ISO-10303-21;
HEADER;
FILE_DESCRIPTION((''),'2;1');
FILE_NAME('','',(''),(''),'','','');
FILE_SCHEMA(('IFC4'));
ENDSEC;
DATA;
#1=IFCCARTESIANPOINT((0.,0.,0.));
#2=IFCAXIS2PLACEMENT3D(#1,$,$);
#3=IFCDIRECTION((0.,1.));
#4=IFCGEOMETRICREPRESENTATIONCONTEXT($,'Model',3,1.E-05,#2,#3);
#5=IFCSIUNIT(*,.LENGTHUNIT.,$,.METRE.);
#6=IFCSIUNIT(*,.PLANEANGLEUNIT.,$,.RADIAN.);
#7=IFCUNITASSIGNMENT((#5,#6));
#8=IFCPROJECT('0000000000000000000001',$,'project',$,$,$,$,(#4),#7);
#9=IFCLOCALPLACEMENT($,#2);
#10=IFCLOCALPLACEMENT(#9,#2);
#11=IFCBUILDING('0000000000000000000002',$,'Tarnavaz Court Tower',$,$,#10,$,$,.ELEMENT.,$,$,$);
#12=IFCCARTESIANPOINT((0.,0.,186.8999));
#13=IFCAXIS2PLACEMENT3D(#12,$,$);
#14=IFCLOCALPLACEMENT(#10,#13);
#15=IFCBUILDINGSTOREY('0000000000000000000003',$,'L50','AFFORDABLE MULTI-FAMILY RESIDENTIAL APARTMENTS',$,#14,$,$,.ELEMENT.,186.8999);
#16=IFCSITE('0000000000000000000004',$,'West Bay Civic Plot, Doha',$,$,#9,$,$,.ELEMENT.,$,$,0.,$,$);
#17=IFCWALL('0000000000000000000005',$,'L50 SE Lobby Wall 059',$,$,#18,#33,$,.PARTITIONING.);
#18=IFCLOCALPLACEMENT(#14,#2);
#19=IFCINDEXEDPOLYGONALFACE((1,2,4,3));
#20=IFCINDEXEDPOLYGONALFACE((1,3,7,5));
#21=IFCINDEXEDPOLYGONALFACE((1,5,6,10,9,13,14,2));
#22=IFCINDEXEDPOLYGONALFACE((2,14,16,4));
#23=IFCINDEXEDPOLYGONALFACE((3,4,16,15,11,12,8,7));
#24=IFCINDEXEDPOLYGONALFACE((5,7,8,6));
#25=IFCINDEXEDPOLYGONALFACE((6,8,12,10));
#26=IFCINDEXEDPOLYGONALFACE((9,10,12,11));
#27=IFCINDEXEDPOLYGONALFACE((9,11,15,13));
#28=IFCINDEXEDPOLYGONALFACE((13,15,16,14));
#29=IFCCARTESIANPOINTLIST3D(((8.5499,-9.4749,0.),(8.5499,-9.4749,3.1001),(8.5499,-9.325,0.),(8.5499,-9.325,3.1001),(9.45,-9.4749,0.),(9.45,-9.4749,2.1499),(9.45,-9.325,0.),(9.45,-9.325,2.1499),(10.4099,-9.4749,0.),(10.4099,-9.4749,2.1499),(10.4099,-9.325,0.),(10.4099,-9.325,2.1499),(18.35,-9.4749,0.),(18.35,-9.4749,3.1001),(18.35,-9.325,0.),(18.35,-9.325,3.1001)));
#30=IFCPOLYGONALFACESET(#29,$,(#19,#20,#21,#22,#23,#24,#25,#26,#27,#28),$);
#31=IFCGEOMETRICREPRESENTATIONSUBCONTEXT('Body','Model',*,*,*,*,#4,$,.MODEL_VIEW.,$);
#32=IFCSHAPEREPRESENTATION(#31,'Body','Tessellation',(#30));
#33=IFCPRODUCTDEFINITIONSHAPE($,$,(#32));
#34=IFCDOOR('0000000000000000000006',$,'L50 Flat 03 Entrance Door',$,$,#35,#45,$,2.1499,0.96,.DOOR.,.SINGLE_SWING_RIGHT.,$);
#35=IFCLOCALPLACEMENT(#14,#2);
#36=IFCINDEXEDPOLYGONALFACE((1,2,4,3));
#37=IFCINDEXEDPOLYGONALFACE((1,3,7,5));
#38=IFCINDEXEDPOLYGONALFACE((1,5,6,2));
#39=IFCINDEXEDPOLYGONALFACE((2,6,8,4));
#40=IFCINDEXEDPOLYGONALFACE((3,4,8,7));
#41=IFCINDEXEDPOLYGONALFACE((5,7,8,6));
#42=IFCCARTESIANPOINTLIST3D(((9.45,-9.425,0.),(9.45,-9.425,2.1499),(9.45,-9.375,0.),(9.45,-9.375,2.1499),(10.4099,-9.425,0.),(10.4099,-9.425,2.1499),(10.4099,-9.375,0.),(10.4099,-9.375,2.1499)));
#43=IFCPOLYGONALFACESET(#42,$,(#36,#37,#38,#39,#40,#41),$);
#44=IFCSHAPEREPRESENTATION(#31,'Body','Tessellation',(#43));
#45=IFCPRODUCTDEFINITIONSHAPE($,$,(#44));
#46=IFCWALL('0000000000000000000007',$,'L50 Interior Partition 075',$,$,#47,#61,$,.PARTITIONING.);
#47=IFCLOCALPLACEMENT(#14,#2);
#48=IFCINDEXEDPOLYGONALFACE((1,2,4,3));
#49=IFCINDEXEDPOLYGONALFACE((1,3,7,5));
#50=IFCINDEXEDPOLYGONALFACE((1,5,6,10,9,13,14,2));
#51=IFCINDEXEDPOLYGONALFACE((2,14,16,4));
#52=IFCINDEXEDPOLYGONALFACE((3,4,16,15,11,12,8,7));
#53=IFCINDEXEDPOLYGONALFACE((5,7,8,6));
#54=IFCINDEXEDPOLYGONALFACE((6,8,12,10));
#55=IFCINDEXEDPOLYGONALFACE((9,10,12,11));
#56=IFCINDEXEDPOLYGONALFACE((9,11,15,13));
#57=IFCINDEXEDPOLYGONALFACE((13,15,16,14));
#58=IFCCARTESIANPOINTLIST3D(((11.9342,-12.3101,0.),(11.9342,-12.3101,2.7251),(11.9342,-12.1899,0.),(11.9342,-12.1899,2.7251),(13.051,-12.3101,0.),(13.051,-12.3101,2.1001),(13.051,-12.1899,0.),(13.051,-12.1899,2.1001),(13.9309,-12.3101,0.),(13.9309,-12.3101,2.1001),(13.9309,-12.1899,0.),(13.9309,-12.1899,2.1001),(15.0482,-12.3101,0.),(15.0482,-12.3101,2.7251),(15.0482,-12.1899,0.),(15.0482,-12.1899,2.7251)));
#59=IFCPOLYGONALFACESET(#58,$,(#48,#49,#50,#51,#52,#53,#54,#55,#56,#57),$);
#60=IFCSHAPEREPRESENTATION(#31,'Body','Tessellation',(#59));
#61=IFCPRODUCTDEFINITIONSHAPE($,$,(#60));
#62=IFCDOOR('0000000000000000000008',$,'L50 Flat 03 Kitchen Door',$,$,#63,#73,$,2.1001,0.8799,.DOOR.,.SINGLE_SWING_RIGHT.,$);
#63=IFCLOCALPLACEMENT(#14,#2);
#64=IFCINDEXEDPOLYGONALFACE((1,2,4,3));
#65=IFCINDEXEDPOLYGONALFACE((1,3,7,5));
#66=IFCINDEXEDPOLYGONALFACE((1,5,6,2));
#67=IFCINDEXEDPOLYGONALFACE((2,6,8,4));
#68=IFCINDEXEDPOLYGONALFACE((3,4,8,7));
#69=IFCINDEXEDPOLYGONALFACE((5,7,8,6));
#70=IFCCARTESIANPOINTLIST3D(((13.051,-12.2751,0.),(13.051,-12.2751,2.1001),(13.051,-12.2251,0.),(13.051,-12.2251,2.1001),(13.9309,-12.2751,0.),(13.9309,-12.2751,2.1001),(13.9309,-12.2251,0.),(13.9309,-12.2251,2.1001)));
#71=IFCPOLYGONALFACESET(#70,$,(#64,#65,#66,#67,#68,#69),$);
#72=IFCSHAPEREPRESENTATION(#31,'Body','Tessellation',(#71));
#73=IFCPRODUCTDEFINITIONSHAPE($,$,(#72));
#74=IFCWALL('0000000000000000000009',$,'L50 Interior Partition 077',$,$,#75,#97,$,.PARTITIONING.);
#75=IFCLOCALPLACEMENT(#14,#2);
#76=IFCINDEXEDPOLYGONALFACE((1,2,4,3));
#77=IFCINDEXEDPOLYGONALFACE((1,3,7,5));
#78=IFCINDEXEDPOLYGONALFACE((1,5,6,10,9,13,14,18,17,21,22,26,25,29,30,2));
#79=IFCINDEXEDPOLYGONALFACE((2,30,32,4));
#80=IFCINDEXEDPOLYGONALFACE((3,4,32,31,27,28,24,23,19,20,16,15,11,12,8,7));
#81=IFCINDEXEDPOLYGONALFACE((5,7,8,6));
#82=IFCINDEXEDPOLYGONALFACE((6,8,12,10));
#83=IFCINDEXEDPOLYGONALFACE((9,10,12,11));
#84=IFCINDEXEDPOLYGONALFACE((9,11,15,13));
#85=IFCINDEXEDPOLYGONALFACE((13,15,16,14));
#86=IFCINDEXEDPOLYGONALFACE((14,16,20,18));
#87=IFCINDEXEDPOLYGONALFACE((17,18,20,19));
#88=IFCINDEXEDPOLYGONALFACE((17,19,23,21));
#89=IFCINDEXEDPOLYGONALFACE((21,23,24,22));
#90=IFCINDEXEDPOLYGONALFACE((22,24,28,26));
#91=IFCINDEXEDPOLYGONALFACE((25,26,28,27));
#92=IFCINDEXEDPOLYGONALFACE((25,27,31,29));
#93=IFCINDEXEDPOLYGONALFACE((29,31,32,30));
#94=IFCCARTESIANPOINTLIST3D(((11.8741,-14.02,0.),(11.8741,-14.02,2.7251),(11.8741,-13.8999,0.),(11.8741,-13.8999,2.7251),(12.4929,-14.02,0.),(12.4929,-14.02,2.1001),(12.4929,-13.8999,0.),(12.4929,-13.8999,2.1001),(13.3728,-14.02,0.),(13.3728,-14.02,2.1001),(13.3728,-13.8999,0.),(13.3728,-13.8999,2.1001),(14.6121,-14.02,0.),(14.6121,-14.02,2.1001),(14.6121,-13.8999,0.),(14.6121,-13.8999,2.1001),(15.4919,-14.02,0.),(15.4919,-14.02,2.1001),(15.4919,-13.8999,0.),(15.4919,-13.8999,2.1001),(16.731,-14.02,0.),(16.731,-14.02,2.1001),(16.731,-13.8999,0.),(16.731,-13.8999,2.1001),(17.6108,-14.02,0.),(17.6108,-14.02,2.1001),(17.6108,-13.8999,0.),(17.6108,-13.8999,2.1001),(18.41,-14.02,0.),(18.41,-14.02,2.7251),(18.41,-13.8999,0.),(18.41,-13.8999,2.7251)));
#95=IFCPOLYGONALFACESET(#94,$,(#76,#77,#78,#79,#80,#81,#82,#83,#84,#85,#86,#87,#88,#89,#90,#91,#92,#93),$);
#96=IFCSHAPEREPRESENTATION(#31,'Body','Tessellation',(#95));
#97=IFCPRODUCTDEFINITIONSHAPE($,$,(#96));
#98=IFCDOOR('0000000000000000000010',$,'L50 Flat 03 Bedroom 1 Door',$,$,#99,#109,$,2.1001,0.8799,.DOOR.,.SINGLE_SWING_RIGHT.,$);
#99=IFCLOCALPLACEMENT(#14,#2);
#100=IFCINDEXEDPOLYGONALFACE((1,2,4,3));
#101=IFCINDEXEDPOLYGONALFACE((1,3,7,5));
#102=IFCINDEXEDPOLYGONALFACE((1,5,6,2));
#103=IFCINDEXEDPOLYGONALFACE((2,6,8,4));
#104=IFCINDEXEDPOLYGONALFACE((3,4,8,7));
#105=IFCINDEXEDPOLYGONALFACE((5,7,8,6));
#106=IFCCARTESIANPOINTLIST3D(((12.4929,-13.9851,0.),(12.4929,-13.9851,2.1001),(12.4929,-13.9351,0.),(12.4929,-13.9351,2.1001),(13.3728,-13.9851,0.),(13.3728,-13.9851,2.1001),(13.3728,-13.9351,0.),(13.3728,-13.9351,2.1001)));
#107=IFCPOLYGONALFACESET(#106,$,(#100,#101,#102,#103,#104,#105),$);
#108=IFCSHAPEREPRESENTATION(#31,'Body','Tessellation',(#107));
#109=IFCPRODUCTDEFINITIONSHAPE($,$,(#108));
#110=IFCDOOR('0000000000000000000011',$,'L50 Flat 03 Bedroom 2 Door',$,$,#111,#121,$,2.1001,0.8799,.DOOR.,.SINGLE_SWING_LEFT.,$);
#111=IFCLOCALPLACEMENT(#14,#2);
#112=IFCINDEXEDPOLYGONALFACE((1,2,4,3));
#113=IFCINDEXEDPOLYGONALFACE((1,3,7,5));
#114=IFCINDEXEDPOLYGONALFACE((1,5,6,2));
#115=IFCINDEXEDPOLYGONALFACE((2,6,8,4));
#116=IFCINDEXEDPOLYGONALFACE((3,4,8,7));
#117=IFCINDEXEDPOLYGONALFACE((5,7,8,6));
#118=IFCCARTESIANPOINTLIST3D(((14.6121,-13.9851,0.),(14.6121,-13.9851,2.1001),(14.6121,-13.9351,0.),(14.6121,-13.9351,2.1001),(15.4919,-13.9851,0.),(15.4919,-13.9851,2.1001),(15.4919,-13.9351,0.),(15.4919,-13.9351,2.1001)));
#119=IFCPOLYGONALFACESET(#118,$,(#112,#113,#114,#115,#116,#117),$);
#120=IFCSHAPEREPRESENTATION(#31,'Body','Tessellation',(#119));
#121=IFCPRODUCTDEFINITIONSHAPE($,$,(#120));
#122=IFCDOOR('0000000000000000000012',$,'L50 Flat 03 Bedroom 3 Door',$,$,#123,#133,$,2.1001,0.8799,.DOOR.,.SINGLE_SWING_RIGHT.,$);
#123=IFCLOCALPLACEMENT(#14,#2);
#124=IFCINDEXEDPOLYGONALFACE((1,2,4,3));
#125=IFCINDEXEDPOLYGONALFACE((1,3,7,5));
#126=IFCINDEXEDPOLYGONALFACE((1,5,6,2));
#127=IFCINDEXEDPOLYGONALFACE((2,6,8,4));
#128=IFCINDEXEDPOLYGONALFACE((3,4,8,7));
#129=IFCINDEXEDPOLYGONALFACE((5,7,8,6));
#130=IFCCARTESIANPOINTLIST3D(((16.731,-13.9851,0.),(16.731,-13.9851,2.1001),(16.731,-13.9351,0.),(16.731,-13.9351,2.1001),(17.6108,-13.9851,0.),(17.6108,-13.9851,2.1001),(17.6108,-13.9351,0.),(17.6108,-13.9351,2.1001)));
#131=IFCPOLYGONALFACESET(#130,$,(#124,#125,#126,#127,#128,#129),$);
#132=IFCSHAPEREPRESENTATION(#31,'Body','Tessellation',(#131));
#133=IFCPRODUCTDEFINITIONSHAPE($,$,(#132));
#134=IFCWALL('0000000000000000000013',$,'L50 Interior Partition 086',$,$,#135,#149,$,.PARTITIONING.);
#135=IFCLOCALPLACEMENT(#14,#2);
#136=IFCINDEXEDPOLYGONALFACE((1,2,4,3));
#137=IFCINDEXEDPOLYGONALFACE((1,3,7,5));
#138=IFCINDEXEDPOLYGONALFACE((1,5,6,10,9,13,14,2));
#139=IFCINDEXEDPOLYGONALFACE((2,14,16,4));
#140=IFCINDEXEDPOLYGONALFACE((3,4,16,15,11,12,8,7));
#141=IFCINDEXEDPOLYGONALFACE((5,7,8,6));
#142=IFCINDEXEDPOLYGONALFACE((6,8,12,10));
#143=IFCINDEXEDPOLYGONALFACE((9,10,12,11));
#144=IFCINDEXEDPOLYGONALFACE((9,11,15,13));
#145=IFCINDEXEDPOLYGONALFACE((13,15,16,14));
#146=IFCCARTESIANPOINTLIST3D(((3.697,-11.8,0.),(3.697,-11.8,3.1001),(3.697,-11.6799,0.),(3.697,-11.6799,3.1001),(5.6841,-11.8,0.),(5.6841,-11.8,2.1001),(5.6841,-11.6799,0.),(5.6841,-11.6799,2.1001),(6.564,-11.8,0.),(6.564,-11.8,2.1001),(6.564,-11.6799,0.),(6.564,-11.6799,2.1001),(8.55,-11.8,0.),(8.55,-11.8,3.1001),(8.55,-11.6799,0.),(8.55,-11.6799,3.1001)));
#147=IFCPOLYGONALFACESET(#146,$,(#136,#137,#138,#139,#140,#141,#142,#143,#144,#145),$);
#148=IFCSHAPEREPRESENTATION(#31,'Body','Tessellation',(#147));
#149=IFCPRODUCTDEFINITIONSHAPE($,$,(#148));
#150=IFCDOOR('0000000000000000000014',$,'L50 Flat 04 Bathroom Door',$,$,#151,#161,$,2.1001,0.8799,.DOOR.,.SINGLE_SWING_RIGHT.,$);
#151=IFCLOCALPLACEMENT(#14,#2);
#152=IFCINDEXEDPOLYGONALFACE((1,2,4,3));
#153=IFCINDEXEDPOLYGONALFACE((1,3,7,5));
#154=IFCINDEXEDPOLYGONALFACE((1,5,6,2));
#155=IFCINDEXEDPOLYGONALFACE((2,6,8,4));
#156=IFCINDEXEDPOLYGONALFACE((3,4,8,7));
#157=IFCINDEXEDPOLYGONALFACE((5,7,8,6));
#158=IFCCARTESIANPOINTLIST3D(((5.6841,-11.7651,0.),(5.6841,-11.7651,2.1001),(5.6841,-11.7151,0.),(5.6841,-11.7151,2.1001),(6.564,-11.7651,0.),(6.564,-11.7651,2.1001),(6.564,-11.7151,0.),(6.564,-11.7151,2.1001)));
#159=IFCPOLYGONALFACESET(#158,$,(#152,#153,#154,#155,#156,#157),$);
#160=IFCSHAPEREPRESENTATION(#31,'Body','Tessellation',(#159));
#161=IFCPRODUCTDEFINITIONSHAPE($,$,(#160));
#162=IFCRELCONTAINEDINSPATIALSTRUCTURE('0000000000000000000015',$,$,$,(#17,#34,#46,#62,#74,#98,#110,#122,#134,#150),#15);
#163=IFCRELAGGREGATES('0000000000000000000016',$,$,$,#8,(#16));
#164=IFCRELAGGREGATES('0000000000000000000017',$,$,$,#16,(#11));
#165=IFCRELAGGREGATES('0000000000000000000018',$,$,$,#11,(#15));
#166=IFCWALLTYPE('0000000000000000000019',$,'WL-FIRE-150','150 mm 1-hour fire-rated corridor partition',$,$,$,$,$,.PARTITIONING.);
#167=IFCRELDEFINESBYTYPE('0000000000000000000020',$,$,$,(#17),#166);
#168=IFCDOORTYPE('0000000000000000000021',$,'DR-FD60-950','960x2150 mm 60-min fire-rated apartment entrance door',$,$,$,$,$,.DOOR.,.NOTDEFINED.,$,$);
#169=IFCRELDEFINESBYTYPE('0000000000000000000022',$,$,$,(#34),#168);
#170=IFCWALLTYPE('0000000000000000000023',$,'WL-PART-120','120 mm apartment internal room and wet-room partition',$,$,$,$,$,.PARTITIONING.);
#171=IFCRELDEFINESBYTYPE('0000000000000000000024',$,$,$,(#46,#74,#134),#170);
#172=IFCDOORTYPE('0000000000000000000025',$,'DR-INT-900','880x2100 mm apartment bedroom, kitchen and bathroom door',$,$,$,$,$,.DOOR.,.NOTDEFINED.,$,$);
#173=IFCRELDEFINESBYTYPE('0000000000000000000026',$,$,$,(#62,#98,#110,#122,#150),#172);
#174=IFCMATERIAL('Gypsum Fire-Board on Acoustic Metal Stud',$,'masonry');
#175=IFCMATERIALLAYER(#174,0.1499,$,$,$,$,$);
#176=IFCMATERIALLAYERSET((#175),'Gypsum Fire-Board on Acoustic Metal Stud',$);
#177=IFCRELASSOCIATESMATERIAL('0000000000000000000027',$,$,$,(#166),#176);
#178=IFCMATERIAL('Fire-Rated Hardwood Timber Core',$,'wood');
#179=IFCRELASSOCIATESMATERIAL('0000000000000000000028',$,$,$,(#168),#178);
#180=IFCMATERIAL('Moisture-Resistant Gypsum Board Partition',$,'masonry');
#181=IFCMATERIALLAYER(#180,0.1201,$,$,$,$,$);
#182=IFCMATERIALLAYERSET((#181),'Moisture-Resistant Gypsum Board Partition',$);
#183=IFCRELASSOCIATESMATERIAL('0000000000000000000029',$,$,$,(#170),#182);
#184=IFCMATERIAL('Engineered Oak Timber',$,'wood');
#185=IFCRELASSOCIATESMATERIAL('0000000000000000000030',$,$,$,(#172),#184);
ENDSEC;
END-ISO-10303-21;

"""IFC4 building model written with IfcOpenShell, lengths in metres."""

from ifc_helpers import new_model, si_unit, direction, frame, frame_2d, origin, place, context, subcontext, project, spatial, rectangle, extrude, material, layer, layer_set, type_object, element, fill, save


model = new_model("IFC4")

# Units and contexts
model_context = context("Model", 3, precision=1e-05, world=origin(), true_north=direction((0.0, 1.0)))
body_context = subcontext(model_context, "Body", "Model", "MODEL_VIEW")
ifc_project = project(units=[si_unit("LENGTHUNIT", "METRE"), si_unit("PLANEANGLEUNIT", "RADIAN")], contexts=[model_context])

# Site, building, storey
site_placement = place(None, origin())
site = spatial("IfcSite", under=ifc_project, at=site_placement, Name="West Bay Civic Plot, Doha", CompositionType="ELEMENT", RefElevation=0.0)
building_placement = place(site_placement, origin())
building = spatial("IfcBuilding", under=site, at=building_placement, Name="Tarnavaz Court Tower", CompositionType="ELEMENT")
storey_placement = place(building_placement, frame((0.0, 0.0, 186.8999)))
storey = spatial("IfcBuildingStorey", under=building, at=storey_placement, Name="L50", Description="AFFORDABLE MULTI-FAMILY RESIDENTIAL APARTMENTS", CompositionType="ELEMENT", Elevation=186.8999)

# Walls, openings, doors
ifc_material_1 = material(Name="Gypsum Fire-Board on Acoustic Metal Stud", Category="masonry")
ifc_layer_1 = layer(ifc_material_1, 0.1499)
ifc_layer_set_1 = layer_set([ifc_layer_1], Name="Gypsum Fire-Board on Acoustic Metal Stud")
wall_type_1 = type_object("IfcWallType", Name="WL-FIRE-150", Description="150 mm 1-hour fire-rated corridor partition", PredefinedType="PARTITIONING", material=ifc_layer_set_1)
wall_1_placement = place(storey_placement, frame((8.55, -9.3999, 0.0), z_axis=(0.0, 0.0, 1.0), x_axis=(1.0, 0.0, 0.0)))
wall_1 = element("IfcWall", 1, at=wall_1_placement, inside=storey, type_object=wall_type_1, Name="L50 SE Lobby Wall 059", PredefinedType="PARTITIONING", context=body_context, shape_type="SweptSolid", body=[
    extrude(rectangle(XDim=9.8, YDim=0.1499, at=frame_2d((4.8999, 0.0))), origin(), (0.0, 0.0, 1.0), 3.1001),
])
opening_1_placement = place(wall_1_placement, frame((0.8999, 0.0, 0.0)))
opening_1 = element("IfcOpeningElement", 2, at=opening_1_placement, cuts=wall_1, PredefinedType="OPENING", context=body_context, shape_type="SweptSolid", body=[
    extrude(rectangle(XDim=0.96, YDim=2.1499, at=frame_2d((0.48, 1.075))), frame((0.0, 0.085, 0.0), z_axis=(0.0, -1.0, 0.0), x_axis=(1.0, 0.0, 0.0)), (0.0, 0.0, 1.0), 0.1699),
])
ifc_material_2 = material(Name="Fire-Rated Hardwood Timber Core", Category="wood")
door_type_1 = type_object("IfcDoorType", Name="DR-FD60-950", Description="960x2150 mm 60-min fire-rated apartment entrance door", OperationType="NOTDEFINED", PredefinedType="DOOR", material=ifc_material_2)
door_1_placement = place(opening_1_placement, origin())
door_1 = element("IfcDoor", 3, at=door_1_placement, inside=storey, type_object=door_type_1, Name="L50 Flat 03 Entrance Door", OperationType="SINGLE_SWING_RIGHT", OverallHeight=2.1499, OverallWidth=0.96, PredefinedType="DOOR", context=body_context, shape_type="SweptSolid", body=[
    extrude(rectangle(XDim=0.96, YDim=2.1499, at=frame_2d((0.48, 1.075))), frame((0.0, 0.0249, 0.0), z_axis=(0.0, -1.0, 0.0), x_axis=(1.0, 0.0, 0.0)), (0.0, 0.0, 1.0), 0.05),
])
fill(opening_1, door_1)
ifc_material_3 = material(Name="Moisture-Resistant Gypsum Board Partition", Category="masonry")
ifc_layer_2 = layer(ifc_material_3, 0.1201)
ifc_layer_set_2 = layer_set([ifc_layer_2], Name="Moisture-Resistant Gypsum Board Partition")
wall_type_2 = type_object("IfcWallType", Name="WL-PART-120", Description="120 mm apartment internal room and wet-room partition", PredefinedType="PARTITIONING", material=ifc_layer_set_2)
wall_2_placement = place(storey_placement, frame((11.9341, -12.25, 0.0), z_axis=(0.0, 0.0, 1.0), x_axis=(1.0, 0.0, 0.0)))
wall_2 = element("IfcWall", 4, at=wall_2_placement, inside=storey, type_object=wall_type_2, Name="L50 Interior Partition 075", PredefinedType="PARTITIONING", context=body_context, shape_type="SweptSolid", body=[
    extrude(rectangle(XDim=3.114, YDim=0.1201, at=frame_2d((1.5571, 0.0))), origin(), (0.0, 0.0, 1.0), 2.7251),
])
opening_2_placement = place(wall_2_placement, frame((1.1169, 0.0, 0.0)))
opening_2 = element("IfcOpeningElement", 5, at=opening_2_placement, cuts=wall_2, PredefinedType="OPENING", context=body_context, shape_type="SweptSolid", body=[
    extrude(rectangle(XDim=0.8799, YDim=2.1001, at=frame_2d((0.4399, 1.05))), frame((0.0, 0.0701, 0.0), z_axis=(0.0, -1.0, 0.0), x_axis=(1.0, 0.0, 0.0)), (0.0, 0.0, 1.0), 0.1401),
])
ifc_material_4 = material(Name="Engineered Oak Timber", Category="wood")
door_type_2 = type_object("IfcDoorType", Name="DR-INT-900", Description="880x2100 mm apartment bedroom, kitchen and bathroom door", OperationType="NOTDEFINED", PredefinedType="DOOR", material=ifc_material_4)
door_2_placement = place(opening_2_placement, origin())
door_2 = element("IfcDoor", 6, at=door_2_placement, inside=storey, type_object=door_type_2, Name="L50 Flat 03 Kitchen Door", OperationType="SINGLE_SWING_RIGHT", OverallHeight=2.1001, OverallWidth=0.8799, PredefinedType="DOOR", context=body_context, shape_type="SweptSolid", body=[
    extrude(rectangle(XDim=0.8799, YDim=2.1001, at=frame_2d((0.4399, 1.05))), frame((0.0, 0.0249, 0.0), z_axis=(0.0, -1.0, 0.0), x_axis=(1.0, 0.0, 0.0)), (0.0, 0.0, 1.0), 0.05),
])
fill(opening_2, door_2)

# Wall, openings, doors
wall_3_placement = place(storey_placement, frame((11.874, -13.96, 0.0), z_axis=(0.0, 0.0, 1.0), x_axis=(1.0, 0.0, 0.0)))
wall_3 = element("IfcWall", 7, at=wall_3_placement, inside=storey, type_object=wall_type_2, Name="L50 Interior Partition 077", PredefinedType="PARTITIONING", context=body_context, shape_type="SweptSolid", body=[
    extrude(rectangle(XDim=6.5359, YDim=0.1201, at=frame_2d((3.2681, 0.0))), origin(), (0.0, 0.0, 1.0), 2.7251),
])
opening_3_placement = place(wall_3_placement, frame((0.6189, 0.0, 0.0)))
opening_3 = element("IfcOpeningElement", 8, at=opening_3_placement, cuts=wall_3, PredefinedType="OPENING", context=body_context, shape_type="SweptSolid", body=[
    extrude(rectangle(XDim=0.8799, YDim=2.1001, at=frame_2d((0.4399, 1.05))), frame((0.0, 0.0701, 0.0), z_axis=(0.0, -1.0, 0.0), x_axis=(1.0, 0.0, 0.0)), (0.0, 0.0, 1.0), 0.1401),
])
opening_4_placement = place(wall_3_placement, frame((2.738, 0.0, 0.0)))
opening_4 = element("IfcOpeningElement", 9, at=opening_4_placement, cuts=wall_3, PredefinedType="OPENING", context=body_context, shape_type="SweptSolid", body=[
    extrude(rectangle(XDim=0.8799, YDim=2.1001, at=frame_2d((0.4399, 1.05))), frame((0.0, 0.0701, 0.0), z_axis=(0.0, -1.0, 0.0), x_axis=(1.0, 0.0, 0.0)), (0.0, 0.0, 1.0), 0.1401),
])
opening_5_placement = place(wall_3_placement, frame((4.8569, 0.0, 0.0)))
opening_5 = element("IfcOpeningElement", 10, at=opening_5_placement, cuts=wall_3, PredefinedType="OPENING", context=body_context, shape_type="SweptSolid", body=[
    extrude(rectangle(XDim=0.8799, YDim=2.1001, at=frame_2d((0.4399, 1.05))), frame((0.0, 0.0701, 0.0), z_axis=(0.0, -1.0, 0.0), x_axis=(1.0, 0.0, 0.0)), (0.0, 0.0, 1.0), 0.1401),
])
door_3_placement = place(opening_3_placement, origin())
door_3 = element("IfcDoor", 11, at=door_3_placement, inside=storey, type_object=door_type_2, Name="L50 Flat 03 Bedroom 1 Door", OperationType="SINGLE_SWING_RIGHT", OverallHeight=2.1001, OverallWidth=0.8799, PredefinedType="DOOR", context=body_context, shape_type="SweptSolid", body=[
    extrude(rectangle(XDim=0.8799, YDim=2.1001, at=frame_2d((0.4399, 1.05))), frame((0.0, 0.0249, 0.0), z_axis=(0.0, -1.0, 0.0), x_axis=(1.0, 0.0, 0.0)), (0.0, 0.0, 1.0), 0.05),
])
fill(opening_3, door_3)
door_4_placement = place(opening_4_placement, origin())
door_4 = element("IfcDoor", 12, at=door_4_placement, inside=storey, type_object=door_type_2, Name="L50 Flat 03 Bedroom 2 Door", OperationType="SINGLE_SWING_LEFT", OverallHeight=2.1001, OverallWidth=0.8799, PredefinedType="DOOR", context=body_context, shape_type="SweptSolid", body=[
    extrude(rectangle(XDim=0.8799, YDim=2.1001, at=frame_2d((0.4399, 1.05))), frame((0.0, 0.0249, 0.0), z_axis=(0.0, -1.0, 0.0), x_axis=(1.0, 0.0, 0.0)), (0.0, 0.0, 1.0), 0.05),
])
fill(opening_4, door_4)
door_5_placement = place(opening_5_placement, origin())
door_5 = element("IfcDoor", 13, at=door_5_placement, inside=storey, type_object=door_type_2, Name="L50 Flat 03 Bedroom 3 Door", OperationType="SINGLE_SWING_RIGHT", OverallHeight=2.1001, OverallWidth=0.8799, PredefinedType="DOOR", context=body_context, shape_type="SweptSolid", body=[
    extrude(rectangle(XDim=0.8799, YDim=2.1001, at=frame_2d((0.4399, 1.05))), frame((0.0, 0.0249, 0.0), z_axis=(0.0, -1.0, 0.0), x_axis=(1.0, 0.0, 0.0)), (0.0, 0.0, 1.0), 0.05),
])
fill(opening_5, door_5)

# Wall, opening, door
wall_4_placement = place(storey_placement, frame((3.697, -11.74, 0.0), z_axis=(0.0, 0.0, 1.0), x_axis=(1.0, 0.0, 0.0)))
wall_4 = element("IfcWall", 14, at=wall_4_placement, inside=storey, type_object=wall_type_2, Name="L50 Interior Partition 086", PredefinedType="PARTITIONING", context=body_context, shape_type="SweptSolid", body=[
    extrude(rectangle(XDim=4.853, YDim=0.1201, at=frame_2d((2.4265, 0.0))), origin(), (0.0, 0.0, 1.0), 3.1001),
])
opening_6_placement = place(wall_4_placement, frame((1.9871, 0.0, 0.0)))
opening_6 = element("IfcOpeningElement", 15, at=opening_6_placement, cuts=wall_4, PredefinedType="OPENING", context=body_context, shape_type="SweptSolid", body=[
    extrude(rectangle(XDim=0.8799, YDim=2.1001, at=frame_2d((0.4399, 1.05))), frame((0.0, 0.0701, 0.0), z_axis=(0.0, -1.0, 0.0), x_axis=(1.0, 0.0, 0.0)), (0.0, 0.0, 1.0), 0.1401),
])
door_6_placement = place(opening_6_placement, origin())
door_6 = element("IfcDoor", 16, at=door_6_placement, inside=storey, type_object=door_type_2, Name="L50 Flat 04 Bathroom Door", OperationType="SINGLE_SWING_RIGHT", OverallHeight=2.1001, OverallWidth=0.8799, PredefinedType="DOOR", context=body_context, shape_type="SweptSolid", body=[
    extrude(rectangle(XDim=0.8799, YDim=2.1001, at=frame_2d((0.4399, 1.05))), frame((0.0, 0.0249, 0.0), z_axis=(0.0, -1.0, 0.0), x_axis=(1.0, 0.0, 0.0)), (0.0, 0.0, 1.0), 0.05),
])
fill(opening_6, door_6)

save(model, "model.ifc")
